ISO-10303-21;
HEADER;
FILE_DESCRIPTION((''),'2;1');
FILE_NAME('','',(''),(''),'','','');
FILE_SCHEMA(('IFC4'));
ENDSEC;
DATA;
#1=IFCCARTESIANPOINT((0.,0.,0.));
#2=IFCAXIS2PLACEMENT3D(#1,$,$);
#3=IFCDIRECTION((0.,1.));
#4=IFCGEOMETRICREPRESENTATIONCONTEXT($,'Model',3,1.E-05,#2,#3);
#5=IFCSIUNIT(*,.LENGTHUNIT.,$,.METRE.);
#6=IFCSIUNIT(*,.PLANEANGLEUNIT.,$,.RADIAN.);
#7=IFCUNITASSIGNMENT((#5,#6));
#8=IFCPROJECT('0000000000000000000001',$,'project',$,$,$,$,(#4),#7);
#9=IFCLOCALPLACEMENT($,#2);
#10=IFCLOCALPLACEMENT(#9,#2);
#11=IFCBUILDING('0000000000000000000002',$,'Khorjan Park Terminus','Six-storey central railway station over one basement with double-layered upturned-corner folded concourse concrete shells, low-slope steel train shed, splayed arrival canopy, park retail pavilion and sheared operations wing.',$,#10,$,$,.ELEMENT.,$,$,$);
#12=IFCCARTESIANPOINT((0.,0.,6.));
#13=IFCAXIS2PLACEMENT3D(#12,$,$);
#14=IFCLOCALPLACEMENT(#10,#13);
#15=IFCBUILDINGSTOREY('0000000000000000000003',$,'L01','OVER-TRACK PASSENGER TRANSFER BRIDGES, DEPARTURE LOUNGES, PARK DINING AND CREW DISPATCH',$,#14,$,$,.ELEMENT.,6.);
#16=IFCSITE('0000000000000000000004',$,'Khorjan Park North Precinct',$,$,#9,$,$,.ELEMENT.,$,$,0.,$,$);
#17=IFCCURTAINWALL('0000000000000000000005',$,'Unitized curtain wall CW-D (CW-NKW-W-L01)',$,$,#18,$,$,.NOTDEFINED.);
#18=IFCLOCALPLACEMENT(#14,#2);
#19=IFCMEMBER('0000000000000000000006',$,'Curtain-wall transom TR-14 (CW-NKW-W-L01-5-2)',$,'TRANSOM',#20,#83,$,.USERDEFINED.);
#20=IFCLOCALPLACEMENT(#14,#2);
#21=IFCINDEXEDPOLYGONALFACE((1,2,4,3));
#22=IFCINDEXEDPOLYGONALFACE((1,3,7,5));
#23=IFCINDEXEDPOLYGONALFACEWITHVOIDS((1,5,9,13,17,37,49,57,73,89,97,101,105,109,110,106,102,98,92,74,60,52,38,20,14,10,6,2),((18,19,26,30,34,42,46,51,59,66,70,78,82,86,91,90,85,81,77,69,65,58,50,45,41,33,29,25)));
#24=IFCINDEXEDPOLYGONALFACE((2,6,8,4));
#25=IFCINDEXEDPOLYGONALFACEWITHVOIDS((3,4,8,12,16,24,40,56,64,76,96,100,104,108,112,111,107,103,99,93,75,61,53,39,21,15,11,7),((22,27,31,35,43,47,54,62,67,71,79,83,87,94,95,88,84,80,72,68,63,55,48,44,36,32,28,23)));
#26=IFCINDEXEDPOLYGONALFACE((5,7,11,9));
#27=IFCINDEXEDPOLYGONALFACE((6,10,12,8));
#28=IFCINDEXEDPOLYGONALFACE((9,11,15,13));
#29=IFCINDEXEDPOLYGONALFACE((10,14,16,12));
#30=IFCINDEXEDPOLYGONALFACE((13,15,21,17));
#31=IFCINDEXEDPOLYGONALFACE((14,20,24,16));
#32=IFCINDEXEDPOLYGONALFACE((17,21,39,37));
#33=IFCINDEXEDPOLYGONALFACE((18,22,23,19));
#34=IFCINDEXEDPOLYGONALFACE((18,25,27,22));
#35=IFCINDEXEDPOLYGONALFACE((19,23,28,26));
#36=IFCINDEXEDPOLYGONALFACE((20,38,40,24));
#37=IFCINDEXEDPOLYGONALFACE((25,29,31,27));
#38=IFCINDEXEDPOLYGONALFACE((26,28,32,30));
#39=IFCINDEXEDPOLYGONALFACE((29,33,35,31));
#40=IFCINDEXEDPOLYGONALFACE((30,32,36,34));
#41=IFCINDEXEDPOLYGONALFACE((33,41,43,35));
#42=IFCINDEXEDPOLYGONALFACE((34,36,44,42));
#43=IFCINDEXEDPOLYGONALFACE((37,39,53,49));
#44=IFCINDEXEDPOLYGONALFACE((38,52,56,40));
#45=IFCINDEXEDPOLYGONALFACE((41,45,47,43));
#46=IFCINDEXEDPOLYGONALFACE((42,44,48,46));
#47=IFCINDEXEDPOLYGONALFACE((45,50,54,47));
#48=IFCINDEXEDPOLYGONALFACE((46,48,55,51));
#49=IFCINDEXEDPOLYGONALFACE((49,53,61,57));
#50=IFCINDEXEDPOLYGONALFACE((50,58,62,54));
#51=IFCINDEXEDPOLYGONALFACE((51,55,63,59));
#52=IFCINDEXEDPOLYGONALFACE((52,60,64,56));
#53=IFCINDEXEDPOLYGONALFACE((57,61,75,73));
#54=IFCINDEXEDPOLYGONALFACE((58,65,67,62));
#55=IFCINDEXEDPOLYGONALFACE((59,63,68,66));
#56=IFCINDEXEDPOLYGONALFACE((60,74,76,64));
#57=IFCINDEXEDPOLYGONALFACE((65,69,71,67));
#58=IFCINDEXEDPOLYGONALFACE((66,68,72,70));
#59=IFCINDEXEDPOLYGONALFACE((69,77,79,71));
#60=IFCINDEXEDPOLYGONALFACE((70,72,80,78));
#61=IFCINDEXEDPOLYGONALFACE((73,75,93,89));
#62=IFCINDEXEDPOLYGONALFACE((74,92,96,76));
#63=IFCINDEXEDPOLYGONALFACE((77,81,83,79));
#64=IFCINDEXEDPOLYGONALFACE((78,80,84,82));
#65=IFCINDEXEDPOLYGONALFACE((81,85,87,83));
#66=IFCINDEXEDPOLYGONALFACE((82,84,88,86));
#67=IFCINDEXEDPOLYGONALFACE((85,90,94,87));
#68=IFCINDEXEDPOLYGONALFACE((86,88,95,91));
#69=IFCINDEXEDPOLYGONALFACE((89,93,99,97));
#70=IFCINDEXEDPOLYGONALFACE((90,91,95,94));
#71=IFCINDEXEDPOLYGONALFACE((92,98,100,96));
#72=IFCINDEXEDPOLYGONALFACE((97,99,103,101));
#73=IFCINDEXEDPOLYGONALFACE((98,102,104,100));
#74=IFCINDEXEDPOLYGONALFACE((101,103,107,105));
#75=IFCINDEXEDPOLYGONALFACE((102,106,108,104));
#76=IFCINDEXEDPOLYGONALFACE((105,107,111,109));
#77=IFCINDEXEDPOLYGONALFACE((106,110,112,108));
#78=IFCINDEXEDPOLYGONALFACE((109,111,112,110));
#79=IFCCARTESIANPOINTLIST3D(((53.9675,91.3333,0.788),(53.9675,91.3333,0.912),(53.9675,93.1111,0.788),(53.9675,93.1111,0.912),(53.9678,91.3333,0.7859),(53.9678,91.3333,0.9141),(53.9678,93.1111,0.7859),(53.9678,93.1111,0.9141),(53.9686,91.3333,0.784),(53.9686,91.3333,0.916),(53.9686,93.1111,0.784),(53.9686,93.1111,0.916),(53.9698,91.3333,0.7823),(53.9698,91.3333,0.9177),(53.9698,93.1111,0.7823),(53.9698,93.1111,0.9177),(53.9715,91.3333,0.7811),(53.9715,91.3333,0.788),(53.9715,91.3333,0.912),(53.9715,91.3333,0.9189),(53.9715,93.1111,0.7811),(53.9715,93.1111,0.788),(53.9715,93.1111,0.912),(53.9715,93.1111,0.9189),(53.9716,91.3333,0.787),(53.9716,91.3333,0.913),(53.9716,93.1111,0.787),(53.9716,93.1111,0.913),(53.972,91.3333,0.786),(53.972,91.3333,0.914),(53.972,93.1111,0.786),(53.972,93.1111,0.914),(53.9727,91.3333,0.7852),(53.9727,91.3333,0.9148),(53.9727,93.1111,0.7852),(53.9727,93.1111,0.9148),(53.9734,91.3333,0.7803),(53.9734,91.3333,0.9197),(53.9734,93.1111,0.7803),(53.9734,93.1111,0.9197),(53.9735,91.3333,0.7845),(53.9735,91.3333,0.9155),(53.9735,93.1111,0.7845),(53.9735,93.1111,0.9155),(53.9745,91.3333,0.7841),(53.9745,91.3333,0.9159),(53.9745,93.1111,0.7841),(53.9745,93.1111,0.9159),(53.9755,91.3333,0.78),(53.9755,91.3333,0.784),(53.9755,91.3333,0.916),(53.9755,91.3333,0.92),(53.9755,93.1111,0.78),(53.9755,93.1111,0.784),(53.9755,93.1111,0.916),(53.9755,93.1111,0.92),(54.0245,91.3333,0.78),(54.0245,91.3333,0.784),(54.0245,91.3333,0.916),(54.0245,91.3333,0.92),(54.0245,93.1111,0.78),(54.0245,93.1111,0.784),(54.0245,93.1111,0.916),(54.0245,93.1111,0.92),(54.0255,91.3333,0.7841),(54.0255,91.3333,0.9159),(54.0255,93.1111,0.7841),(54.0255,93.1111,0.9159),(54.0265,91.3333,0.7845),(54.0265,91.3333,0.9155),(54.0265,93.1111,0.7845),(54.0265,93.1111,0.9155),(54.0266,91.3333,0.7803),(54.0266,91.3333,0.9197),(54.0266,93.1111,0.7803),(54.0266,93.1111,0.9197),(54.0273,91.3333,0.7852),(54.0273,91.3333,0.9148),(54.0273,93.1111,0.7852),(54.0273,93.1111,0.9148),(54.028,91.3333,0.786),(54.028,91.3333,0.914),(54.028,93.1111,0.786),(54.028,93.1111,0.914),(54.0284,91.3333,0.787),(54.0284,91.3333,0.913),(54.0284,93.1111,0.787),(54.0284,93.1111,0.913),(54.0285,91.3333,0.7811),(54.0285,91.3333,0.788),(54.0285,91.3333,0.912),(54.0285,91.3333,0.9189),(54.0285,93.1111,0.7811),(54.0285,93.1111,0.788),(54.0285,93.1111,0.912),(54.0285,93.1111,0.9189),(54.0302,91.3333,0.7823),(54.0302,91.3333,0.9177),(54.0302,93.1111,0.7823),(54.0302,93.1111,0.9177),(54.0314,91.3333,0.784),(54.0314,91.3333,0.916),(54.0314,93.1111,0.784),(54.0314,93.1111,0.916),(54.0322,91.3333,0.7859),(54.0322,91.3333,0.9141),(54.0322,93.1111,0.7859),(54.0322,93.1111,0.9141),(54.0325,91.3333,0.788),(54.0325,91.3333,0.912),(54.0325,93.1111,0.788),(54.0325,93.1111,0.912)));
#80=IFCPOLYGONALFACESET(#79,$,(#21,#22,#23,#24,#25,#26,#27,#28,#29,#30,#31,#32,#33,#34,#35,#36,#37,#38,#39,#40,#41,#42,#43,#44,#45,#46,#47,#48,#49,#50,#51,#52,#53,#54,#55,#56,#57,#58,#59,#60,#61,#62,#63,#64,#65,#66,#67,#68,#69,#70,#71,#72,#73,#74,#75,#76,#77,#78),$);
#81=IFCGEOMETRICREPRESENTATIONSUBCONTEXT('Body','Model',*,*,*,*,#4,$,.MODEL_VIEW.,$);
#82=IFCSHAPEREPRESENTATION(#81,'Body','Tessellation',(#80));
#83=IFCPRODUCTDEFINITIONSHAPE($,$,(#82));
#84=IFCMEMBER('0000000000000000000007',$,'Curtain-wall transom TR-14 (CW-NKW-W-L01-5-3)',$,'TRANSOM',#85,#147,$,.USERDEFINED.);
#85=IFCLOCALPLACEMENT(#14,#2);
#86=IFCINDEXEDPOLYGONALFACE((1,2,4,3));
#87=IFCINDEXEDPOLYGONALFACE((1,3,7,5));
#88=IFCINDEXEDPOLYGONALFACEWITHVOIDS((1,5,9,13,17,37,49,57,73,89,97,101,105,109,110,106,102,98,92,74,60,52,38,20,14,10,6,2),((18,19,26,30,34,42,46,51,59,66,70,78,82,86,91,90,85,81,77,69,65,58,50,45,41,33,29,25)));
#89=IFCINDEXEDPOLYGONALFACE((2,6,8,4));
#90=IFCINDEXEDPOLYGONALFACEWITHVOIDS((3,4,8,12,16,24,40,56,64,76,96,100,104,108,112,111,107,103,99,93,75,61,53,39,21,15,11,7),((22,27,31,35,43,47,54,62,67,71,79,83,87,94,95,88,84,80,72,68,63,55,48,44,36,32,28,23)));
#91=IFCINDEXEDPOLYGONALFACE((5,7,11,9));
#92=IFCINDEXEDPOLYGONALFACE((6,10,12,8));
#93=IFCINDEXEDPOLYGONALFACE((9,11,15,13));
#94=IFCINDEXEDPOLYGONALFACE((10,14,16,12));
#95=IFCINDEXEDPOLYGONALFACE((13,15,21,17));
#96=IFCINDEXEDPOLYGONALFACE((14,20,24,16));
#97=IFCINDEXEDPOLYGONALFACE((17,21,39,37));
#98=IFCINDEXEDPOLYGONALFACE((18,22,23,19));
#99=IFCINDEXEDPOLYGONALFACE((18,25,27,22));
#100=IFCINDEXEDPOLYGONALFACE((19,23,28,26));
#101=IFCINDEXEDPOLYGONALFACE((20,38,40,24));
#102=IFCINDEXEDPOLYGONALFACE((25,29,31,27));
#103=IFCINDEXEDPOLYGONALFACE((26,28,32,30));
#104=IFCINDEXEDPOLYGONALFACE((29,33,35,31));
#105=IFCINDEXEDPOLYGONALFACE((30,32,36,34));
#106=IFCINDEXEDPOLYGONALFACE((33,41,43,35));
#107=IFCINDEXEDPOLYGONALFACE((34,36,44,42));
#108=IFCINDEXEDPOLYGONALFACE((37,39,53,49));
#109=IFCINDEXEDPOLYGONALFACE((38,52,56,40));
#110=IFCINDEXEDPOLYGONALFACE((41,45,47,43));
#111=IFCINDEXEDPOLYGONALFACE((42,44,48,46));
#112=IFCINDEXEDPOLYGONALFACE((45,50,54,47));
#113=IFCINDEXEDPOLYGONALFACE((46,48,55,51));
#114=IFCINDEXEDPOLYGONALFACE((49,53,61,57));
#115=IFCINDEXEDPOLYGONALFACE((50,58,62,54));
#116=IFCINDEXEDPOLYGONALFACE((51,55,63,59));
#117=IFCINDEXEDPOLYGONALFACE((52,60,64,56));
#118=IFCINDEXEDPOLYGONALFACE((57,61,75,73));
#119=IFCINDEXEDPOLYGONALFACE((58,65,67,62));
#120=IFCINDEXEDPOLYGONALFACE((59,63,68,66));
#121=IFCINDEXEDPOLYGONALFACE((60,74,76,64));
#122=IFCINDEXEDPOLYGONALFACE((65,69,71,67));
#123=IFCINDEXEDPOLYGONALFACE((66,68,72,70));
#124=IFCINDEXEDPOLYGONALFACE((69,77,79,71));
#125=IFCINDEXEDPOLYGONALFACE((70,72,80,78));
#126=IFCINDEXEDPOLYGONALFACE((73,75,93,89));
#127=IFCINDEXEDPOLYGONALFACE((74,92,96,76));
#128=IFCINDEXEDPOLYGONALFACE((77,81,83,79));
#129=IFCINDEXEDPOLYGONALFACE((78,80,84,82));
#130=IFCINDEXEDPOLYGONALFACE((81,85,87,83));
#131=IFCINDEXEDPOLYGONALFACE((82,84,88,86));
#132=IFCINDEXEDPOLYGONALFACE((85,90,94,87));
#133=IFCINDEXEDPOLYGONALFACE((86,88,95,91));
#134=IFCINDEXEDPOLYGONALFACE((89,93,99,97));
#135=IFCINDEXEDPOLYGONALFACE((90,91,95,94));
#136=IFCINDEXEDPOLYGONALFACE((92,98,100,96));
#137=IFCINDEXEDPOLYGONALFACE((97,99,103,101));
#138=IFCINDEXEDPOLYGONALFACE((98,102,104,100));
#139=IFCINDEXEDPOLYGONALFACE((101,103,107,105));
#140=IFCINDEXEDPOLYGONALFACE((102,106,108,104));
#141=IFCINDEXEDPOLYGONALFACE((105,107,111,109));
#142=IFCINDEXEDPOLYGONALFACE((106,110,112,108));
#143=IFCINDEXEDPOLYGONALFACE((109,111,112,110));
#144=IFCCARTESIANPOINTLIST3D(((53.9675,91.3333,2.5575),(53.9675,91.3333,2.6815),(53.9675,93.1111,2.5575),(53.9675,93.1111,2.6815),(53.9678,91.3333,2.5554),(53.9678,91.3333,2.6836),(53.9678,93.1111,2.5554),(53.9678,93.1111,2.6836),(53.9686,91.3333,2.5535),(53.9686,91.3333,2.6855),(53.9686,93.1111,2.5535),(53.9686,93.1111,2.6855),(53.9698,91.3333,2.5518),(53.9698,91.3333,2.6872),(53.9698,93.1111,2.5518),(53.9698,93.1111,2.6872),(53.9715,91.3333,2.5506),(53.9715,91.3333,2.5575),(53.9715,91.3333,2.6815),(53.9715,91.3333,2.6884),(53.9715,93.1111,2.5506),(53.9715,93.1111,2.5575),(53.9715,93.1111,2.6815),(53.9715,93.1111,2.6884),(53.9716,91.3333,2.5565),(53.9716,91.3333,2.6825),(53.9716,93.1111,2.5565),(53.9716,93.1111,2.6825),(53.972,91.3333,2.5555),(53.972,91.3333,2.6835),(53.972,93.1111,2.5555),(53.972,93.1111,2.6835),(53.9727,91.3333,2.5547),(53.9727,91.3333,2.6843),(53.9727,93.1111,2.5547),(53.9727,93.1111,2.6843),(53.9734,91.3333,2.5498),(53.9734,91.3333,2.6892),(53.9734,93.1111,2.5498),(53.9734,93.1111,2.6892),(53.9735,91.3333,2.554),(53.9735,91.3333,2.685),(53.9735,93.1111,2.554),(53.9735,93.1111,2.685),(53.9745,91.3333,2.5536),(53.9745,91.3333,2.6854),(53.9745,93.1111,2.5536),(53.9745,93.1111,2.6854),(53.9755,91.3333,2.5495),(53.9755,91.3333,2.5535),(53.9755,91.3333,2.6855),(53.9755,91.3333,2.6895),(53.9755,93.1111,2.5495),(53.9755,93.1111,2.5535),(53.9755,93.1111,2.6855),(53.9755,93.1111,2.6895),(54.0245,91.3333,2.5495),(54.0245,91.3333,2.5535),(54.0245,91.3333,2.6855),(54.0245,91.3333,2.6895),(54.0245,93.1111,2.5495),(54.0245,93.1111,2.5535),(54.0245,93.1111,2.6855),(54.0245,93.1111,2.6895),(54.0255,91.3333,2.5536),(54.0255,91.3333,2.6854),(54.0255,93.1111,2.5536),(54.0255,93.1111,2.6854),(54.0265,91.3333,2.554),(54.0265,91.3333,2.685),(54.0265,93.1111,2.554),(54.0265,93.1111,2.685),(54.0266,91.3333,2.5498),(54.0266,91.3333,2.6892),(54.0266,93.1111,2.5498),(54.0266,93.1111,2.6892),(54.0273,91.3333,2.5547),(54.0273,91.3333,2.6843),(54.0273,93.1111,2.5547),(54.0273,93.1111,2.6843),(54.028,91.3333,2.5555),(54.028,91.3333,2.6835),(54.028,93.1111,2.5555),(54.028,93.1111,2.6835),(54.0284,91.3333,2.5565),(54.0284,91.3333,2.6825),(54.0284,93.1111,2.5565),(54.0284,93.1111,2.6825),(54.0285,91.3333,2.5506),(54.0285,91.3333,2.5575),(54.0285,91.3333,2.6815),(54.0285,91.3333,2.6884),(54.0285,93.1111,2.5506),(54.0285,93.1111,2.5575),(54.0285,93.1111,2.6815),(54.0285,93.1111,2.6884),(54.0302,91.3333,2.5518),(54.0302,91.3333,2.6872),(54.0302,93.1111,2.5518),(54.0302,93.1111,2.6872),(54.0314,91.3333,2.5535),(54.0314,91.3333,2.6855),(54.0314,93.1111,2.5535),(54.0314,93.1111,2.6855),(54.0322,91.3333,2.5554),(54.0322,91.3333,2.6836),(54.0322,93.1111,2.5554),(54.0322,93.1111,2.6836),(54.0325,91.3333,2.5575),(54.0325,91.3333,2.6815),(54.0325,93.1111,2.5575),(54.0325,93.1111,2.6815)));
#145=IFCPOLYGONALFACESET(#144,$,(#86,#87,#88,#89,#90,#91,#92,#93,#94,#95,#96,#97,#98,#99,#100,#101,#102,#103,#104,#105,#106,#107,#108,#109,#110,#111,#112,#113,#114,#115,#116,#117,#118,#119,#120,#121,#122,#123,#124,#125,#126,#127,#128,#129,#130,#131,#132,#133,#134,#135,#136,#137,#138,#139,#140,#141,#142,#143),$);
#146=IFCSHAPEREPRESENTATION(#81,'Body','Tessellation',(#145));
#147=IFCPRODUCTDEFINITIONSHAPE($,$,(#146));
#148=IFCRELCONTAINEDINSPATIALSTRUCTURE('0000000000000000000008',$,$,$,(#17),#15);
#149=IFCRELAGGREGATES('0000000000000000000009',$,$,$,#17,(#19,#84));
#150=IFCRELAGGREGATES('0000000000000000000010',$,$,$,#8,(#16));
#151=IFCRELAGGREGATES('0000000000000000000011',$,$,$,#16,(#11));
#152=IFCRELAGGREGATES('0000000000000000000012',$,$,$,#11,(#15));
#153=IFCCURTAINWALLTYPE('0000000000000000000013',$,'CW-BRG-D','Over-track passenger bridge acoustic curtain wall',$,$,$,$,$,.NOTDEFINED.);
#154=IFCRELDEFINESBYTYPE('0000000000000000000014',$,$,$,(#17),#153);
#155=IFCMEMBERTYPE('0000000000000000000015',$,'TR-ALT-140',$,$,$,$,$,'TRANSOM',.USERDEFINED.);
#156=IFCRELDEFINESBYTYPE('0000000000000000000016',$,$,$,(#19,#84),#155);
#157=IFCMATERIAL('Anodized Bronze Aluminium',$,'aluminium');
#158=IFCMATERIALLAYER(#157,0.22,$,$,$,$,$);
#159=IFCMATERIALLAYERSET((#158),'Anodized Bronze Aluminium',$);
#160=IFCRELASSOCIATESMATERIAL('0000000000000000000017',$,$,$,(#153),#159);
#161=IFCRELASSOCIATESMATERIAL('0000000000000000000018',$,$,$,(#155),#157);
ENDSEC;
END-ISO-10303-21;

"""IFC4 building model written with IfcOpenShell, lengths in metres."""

from ifc_helpers import new_model, si_unit, direction, frame, origin, origin_2d, place, context, subcontext, project, spatial, hollow_rectangle, extrude, material, layer, layer_set, material_profile, profile_set, type_object, element, aggregate, save


model = new_model("IFC4")

# Units and contexts
model_context = context("Model", 3, precision=1e-05, world=origin(), true_north=direction((0.0, 1.0)))
body_context = subcontext(model_context, "Body", "Model", "MODEL_VIEW")
ifc_project = project(units=[si_unit("LENGTHUNIT", "METRE"), si_unit("PLANEANGLEUNIT", "RADIAN")], contexts=[model_context])

# Site, building, storey
site_placement = place(None, origin())
site = spatial("IfcSite", under=ifc_project, at=site_placement, Name="Khorjan Park North Precinct", CompositionType="ELEMENT", RefElevation=0.0)
building_placement = place(site_placement, origin())
building = spatial("IfcBuilding", under=site, at=building_placement, Name="Khorjan Park Terminus", Description="Six-storey central railway station over one basement with double-layered upturned-corner folded concourse concrete shells, low-slope steel train shed, splayed arrival canopy, park retail pavilion and sheared operations wing.", CompositionType="ELEMENT")
storey_placement = place(building_placement, frame((0.0, 0.0, 6.0)))
storey = spatial("IfcBuildingStorey", under=building, at=storey_placement, Name="L01", Description="OVER-TRACK PASSENGER TRANSFER BRIDGES, DEPARTURE LOUNGES, PARK DINING AND CREW DISPATCH", CompositionType="ELEMENT", Elevation=6.0)

# Curtain wall, members
ifc_material_1 = material(Name="Anodized Bronze Aluminium", Category="aluminium")
ifc_layer_1 = layer(ifc_material_1, 0.22)
ifc_layer_set_1 = layer_set([ifc_layer_1], Name="Anodized Bronze Aluminium")
curtain_wall_type = type_object("IfcCurtainWallType", Name="CW-BRG-D", Description="Over-track passenger bridge acoustic curtain wall", PredefinedType="NOTDEFINED", material=ifc_layer_set_1)
curtain_wall_placement = place(storey_placement, origin())
curtain_wall = element("IfcCurtainWall", 1, at=curtain_wall_placement, inside=storey, type_object=curtain_wall_type, Name="Unitized curtain wall CW-D (CW-NKW-W-L01)", PredefinedType="NOTDEFINED")
ifc_material_profile_1 = material_profile(ifc_material_1, hollow_rectangle(XDim=0.065, YDim=0.14, WallThickness=0.004, InnerFilletRadius=0.004, OuterFilletRadius=0.008, at=origin_2d()), Name="ALT 65x140x4")
ifc_profile_set_1 = profile_set([ifc_material_profile_1], Name="Anodized Bronze Aluminium")
member_type_1 = type_object("IfcMemberType", Name="TR-ALT-140", ElementType="TRANSOM", PredefinedType="USERDEFINED", material=ifc_profile_set_1)
member_1_placement = place(storey_placement, frame((54.0, 93.1111, 0.85), z_axis=(0.0, -1.0, 0.0), x_axis=(1.0, 0.0, 0.0)))
member_1 = element("IfcMember", 2, at=member_1_placement, type_object=member_type_1, Name="Curtain-wall transom TR-14 (CW-NKW-W-L01-5-2)", ObjectType="TRANSOM", PredefinedType="USERDEFINED", context=body_context, shape_type="SweptSolid", body=[
    extrude(hollow_rectangle(XDim=0.065, YDim=0.14, WallThickness=0.004, InnerFilletRadius=0.004, OuterFilletRadius=0.008, at=origin_2d()), origin(), (0.0, 0.0, 1.0), 1.7778),
])
member_2_placement = place(storey_placement, frame((54.0, 93.1111, 2.6195), z_axis=(0.0, -1.0, 0.0), x_axis=(1.0, 0.0, 0.0)))
member_2 = element("IfcMember", 3, at=member_2_placement, type_object=member_type_1, Name="Curtain-wall transom TR-14 (CW-NKW-W-L01-5-3)", ObjectType="TRANSOM", PredefinedType="USERDEFINED", context=body_context, shape_type="SweptSolid", body=[
    extrude(hollow_rectangle(XDim=0.065, YDim=0.14, WallThickness=0.004, InnerFilletRadius=0.004, OuterFilletRadius=0.008, at=origin_2d()), origin(), (0.0, 0.0, 1.0), 1.7778),
])
aggregate(curtain_wall, [member_1, member_2])

save(model, "model.ifc")
